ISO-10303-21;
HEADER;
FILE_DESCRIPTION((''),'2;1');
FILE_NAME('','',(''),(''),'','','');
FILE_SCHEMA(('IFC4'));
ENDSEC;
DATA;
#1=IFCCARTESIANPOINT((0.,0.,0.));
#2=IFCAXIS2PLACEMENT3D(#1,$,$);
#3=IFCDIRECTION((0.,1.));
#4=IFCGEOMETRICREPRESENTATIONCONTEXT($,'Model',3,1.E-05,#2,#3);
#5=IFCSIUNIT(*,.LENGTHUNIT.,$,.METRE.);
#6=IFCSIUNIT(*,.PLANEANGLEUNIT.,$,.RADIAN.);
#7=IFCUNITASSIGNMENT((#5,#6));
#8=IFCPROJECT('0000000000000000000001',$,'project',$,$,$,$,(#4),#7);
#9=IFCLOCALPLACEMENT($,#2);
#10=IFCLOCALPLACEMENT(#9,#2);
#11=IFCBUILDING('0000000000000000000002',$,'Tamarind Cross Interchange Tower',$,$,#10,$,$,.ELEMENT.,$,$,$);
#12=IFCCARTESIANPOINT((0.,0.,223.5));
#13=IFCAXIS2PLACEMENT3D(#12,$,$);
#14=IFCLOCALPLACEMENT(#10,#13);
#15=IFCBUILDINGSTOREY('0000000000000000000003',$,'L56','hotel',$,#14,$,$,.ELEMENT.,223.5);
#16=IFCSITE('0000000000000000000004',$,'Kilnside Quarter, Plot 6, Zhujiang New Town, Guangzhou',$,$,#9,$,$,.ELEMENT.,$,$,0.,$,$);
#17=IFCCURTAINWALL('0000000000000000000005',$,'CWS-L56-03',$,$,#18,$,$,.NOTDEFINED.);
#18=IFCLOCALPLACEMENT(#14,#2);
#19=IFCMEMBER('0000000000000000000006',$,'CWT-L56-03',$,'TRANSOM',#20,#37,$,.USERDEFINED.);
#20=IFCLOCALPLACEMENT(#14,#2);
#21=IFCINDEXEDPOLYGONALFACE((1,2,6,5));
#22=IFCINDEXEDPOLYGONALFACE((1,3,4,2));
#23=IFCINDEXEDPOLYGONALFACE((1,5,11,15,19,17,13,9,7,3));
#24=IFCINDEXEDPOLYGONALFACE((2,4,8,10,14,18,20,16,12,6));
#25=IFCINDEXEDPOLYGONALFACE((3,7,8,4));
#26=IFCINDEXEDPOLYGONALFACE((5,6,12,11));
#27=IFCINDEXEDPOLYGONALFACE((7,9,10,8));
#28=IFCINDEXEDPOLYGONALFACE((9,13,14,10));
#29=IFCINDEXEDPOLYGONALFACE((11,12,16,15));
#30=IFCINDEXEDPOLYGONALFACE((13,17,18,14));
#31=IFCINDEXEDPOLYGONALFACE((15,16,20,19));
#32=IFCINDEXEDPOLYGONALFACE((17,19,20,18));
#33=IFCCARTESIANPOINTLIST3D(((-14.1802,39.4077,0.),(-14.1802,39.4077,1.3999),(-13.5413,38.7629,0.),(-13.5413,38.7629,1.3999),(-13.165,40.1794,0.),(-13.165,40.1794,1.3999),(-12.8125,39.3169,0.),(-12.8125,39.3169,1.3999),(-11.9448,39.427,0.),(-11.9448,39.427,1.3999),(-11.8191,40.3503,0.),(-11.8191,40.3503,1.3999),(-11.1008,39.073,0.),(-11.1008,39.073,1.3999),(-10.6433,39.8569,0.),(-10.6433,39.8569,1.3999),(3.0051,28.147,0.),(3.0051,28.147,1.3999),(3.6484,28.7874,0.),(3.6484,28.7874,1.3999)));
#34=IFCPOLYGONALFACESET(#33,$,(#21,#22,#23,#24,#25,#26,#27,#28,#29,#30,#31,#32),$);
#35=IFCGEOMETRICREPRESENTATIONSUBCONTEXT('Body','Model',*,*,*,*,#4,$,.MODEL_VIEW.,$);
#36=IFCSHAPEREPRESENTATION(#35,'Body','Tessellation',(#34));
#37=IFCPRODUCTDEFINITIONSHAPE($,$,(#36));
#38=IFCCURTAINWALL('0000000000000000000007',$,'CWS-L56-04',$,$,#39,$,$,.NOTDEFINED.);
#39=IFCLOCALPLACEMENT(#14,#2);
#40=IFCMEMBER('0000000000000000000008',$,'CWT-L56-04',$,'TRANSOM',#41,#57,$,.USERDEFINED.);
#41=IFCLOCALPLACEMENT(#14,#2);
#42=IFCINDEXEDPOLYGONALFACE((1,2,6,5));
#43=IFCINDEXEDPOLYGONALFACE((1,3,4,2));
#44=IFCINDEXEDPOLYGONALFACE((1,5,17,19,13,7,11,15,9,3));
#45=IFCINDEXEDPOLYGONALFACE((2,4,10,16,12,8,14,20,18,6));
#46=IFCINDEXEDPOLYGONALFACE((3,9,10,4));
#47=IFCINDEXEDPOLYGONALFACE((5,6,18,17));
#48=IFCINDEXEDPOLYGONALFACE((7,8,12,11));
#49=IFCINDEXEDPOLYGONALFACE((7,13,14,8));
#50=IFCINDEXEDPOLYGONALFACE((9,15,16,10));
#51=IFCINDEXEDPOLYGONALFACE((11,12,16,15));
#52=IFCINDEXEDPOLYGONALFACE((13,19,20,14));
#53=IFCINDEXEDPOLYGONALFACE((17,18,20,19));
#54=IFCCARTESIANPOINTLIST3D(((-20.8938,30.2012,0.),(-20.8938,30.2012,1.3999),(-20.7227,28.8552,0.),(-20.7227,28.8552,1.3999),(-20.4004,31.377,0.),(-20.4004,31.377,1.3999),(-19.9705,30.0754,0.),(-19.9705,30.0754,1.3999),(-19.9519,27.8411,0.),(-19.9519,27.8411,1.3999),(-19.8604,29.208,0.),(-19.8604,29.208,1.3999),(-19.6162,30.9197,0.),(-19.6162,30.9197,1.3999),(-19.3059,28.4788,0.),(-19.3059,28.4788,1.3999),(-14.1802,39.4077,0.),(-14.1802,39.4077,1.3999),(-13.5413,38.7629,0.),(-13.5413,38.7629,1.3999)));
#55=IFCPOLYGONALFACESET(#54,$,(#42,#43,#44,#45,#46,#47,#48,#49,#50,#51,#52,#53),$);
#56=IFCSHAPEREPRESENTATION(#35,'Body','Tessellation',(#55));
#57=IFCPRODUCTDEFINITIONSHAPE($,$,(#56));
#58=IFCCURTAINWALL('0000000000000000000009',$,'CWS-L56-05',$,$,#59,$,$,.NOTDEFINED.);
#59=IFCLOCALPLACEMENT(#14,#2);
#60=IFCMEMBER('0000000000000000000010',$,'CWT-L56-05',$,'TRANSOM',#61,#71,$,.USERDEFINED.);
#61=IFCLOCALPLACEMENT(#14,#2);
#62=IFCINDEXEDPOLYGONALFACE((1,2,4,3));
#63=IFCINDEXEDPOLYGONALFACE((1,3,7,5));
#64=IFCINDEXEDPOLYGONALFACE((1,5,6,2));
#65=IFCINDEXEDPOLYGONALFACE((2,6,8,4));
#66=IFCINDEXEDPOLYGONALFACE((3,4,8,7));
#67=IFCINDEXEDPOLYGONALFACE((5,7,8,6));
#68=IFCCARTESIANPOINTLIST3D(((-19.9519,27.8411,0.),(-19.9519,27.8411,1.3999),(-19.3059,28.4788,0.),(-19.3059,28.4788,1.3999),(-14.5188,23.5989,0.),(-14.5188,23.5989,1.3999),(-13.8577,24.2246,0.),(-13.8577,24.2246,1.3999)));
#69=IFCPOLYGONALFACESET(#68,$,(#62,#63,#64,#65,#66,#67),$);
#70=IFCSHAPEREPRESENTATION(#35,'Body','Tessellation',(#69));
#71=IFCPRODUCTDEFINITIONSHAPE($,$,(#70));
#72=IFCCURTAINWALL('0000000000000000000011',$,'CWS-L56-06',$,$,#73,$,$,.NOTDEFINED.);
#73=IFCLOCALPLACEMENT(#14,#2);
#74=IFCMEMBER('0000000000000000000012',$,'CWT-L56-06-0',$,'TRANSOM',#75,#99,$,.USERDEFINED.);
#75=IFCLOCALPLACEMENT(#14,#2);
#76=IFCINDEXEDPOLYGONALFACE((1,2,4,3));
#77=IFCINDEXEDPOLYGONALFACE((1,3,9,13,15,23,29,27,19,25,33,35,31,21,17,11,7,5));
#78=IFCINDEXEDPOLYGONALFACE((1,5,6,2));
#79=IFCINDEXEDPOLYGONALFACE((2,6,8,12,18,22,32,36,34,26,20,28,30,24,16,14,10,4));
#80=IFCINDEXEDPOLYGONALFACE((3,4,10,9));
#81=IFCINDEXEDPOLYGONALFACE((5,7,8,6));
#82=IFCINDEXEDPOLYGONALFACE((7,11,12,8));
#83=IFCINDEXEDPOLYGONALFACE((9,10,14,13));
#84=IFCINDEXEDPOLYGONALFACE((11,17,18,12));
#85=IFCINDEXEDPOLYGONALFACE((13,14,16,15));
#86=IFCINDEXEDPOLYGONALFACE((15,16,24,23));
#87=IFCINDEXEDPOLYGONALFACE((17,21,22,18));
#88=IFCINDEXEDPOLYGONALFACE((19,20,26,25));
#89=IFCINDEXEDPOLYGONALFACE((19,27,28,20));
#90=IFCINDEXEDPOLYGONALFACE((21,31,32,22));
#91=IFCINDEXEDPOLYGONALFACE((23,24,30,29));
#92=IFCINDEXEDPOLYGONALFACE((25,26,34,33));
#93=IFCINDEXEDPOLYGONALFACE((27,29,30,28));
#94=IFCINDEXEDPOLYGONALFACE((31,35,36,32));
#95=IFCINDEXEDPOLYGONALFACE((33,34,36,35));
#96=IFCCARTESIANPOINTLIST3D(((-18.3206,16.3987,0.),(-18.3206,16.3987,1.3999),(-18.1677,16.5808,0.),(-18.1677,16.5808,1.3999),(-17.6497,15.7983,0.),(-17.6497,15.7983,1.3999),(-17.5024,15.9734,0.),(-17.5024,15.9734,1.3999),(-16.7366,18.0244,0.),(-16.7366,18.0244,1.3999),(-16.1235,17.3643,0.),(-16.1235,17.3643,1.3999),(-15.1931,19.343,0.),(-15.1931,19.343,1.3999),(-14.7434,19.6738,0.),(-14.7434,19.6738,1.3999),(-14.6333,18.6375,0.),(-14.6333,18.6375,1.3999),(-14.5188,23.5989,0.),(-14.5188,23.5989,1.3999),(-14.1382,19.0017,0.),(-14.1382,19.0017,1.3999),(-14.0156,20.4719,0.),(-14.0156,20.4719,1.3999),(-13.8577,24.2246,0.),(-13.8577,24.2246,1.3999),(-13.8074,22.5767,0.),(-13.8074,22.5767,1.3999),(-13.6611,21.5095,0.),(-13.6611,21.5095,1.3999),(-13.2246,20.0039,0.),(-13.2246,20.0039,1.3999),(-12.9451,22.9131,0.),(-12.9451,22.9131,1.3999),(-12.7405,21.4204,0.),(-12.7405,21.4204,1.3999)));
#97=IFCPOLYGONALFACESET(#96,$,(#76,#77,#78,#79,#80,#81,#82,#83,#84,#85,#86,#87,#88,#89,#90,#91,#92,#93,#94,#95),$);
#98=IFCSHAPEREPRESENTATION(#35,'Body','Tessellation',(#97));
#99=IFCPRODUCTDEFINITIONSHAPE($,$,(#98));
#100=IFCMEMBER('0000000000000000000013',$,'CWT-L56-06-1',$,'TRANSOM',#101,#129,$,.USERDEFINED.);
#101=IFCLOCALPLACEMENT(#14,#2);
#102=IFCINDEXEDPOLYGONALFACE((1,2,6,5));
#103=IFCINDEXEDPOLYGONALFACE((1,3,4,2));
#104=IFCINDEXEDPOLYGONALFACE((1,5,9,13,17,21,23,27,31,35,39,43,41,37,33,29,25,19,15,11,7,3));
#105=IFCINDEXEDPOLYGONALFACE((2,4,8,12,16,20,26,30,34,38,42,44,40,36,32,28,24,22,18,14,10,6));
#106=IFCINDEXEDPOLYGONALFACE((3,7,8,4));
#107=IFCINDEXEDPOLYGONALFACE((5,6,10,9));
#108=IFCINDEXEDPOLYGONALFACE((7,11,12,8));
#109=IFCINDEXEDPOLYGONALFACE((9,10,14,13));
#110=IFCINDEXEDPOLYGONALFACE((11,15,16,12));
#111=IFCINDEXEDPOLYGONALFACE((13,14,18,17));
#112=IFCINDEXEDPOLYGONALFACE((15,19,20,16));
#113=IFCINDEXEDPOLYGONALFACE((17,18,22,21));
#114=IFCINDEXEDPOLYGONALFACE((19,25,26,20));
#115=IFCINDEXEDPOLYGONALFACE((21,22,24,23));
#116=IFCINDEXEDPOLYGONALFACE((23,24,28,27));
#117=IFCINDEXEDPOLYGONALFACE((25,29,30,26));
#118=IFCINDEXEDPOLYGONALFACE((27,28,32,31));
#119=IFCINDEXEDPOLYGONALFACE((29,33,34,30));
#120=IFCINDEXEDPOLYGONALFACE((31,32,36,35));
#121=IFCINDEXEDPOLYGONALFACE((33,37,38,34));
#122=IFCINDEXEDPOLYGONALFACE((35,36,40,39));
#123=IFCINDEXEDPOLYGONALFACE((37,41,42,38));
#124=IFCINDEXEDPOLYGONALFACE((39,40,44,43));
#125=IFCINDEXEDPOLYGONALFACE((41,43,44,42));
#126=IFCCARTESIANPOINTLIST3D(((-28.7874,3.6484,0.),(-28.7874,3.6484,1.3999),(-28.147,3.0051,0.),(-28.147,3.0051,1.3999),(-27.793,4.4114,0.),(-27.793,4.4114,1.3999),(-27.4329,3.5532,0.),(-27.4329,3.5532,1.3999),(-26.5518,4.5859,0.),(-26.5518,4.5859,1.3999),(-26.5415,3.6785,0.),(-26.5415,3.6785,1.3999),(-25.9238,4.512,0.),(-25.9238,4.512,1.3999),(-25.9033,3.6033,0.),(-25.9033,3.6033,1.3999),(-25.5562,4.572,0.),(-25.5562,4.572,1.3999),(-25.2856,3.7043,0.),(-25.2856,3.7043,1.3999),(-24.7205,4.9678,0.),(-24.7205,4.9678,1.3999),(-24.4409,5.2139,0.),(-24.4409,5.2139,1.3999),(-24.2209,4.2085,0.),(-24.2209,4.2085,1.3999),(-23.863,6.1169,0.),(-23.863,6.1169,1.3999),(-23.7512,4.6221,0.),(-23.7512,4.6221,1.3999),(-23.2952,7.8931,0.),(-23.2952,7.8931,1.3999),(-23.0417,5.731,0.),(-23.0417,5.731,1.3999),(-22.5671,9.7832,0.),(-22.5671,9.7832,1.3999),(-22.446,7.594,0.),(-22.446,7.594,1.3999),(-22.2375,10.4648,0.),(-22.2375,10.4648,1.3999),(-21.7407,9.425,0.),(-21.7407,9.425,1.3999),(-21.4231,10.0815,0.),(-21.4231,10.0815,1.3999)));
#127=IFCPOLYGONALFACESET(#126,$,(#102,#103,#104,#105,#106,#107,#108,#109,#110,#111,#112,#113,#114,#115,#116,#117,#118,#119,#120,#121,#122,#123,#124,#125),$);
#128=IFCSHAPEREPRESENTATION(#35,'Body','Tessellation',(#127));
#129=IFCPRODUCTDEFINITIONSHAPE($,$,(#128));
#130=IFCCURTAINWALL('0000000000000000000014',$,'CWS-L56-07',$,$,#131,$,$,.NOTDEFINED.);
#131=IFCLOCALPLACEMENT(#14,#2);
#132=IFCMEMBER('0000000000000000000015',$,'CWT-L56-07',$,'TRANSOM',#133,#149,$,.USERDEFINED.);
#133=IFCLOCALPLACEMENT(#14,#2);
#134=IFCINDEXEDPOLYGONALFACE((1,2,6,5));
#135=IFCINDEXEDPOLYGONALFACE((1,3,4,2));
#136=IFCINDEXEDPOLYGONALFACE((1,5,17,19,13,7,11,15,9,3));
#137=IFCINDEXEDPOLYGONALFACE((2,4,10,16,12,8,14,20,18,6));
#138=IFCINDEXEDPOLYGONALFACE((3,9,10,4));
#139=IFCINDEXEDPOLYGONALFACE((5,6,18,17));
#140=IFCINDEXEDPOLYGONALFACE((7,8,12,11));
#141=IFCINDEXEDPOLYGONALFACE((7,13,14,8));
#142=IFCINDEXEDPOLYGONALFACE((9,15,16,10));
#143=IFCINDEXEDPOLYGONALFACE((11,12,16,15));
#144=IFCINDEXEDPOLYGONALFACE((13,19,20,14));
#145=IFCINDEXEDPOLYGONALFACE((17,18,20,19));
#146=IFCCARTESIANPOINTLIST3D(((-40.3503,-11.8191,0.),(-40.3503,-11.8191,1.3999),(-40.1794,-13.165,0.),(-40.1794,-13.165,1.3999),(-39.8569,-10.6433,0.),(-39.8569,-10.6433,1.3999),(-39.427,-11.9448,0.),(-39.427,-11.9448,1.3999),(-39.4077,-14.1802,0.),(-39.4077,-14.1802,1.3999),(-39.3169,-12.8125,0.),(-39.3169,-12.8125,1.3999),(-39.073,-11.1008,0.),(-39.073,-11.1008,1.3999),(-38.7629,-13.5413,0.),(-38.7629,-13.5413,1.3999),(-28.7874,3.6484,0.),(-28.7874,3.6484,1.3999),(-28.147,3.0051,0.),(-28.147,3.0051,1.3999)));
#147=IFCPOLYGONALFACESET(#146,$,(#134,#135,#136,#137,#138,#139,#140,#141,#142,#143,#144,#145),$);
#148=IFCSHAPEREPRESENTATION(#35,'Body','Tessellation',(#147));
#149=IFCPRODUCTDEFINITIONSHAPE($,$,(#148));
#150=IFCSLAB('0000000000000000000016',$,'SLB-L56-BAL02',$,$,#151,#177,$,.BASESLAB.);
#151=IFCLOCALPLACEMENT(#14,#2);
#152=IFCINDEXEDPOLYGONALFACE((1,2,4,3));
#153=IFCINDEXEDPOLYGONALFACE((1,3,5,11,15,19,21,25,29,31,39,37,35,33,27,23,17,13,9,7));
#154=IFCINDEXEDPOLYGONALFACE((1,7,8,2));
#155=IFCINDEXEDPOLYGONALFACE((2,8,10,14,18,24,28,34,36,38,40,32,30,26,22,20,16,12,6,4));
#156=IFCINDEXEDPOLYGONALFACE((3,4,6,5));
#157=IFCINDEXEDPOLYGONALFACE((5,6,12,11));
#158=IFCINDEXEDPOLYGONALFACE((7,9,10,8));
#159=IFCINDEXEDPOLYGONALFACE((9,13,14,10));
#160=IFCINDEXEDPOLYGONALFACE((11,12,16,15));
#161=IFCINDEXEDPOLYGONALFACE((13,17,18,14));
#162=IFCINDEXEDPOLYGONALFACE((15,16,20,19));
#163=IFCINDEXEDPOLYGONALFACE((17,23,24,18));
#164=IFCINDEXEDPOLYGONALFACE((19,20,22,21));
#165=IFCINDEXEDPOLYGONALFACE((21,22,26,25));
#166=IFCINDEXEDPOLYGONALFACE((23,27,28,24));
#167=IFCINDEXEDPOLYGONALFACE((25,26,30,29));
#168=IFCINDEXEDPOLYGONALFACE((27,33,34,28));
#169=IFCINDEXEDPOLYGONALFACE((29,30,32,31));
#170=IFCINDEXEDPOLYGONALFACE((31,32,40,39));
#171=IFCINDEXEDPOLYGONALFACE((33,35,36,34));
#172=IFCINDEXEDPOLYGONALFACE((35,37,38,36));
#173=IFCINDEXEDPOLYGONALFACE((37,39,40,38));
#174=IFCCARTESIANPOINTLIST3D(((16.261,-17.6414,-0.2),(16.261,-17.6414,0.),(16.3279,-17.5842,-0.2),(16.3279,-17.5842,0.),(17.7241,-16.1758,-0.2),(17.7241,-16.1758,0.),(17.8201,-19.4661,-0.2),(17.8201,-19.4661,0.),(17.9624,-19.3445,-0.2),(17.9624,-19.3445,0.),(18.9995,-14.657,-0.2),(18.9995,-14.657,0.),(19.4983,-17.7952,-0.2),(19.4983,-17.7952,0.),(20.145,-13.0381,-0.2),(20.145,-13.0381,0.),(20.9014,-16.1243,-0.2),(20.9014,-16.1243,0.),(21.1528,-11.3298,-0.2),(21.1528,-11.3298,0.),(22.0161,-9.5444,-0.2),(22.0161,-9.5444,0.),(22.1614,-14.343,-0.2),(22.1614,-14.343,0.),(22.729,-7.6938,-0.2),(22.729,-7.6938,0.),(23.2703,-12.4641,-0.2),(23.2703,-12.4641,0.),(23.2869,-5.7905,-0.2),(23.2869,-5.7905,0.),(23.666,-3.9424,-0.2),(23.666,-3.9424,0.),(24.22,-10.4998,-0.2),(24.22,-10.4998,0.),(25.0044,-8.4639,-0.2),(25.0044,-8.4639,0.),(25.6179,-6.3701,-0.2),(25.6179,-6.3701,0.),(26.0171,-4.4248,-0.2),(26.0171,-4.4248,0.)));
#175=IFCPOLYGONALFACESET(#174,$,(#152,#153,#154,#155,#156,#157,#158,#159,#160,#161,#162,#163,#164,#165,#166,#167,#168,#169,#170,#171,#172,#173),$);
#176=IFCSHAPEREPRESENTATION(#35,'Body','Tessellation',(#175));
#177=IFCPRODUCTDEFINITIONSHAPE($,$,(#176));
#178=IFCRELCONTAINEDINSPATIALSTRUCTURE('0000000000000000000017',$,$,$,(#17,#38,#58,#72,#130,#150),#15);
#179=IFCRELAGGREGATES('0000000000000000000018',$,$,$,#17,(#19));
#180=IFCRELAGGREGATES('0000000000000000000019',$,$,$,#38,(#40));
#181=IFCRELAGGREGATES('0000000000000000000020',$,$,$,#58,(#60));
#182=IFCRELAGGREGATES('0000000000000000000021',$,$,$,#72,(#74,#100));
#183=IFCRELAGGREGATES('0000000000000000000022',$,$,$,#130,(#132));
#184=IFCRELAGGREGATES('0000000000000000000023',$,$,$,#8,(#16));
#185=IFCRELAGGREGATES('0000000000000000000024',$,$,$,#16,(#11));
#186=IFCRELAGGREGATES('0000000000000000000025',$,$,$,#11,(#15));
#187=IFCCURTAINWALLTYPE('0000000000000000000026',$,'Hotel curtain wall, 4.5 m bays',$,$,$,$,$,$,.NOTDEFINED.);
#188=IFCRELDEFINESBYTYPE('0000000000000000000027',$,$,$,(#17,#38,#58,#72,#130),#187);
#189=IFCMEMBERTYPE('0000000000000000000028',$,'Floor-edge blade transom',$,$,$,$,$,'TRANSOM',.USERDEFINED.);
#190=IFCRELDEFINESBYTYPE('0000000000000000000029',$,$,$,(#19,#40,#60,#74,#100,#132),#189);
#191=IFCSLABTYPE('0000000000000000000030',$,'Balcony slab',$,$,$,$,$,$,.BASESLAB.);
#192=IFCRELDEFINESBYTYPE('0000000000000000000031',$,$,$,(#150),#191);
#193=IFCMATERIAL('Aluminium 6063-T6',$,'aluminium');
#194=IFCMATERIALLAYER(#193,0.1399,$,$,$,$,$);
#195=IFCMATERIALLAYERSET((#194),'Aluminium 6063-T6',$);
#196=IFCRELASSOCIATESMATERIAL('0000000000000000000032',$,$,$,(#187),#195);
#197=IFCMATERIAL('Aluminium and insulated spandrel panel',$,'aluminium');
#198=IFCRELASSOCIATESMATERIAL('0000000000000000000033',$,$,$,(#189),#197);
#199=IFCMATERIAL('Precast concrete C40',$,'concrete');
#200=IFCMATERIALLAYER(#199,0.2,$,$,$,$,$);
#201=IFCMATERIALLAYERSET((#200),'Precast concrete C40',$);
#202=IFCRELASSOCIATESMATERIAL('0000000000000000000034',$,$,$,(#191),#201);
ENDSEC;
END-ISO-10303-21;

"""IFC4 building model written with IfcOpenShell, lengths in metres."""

from ifc_helpers import new_model, si_unit, direction, frame, origin, place, context, subcontext, project, spatial, polyline, outline, extrude, material, layer, layer_set, type_object, element, aggregate, save


model = new_model("IFC4")

# Units and contexts
model_context = context("Model", 3, precision=1e-05, world=origin(), true_north=direction((0.0, 1.0)))
body_context = subcontext(model_context, "Body", "Model", "MODEL_VIEW")
ifc_project = project(units=[si_unit("LENGTHUNIT", "METRE"), si_unit("PLANEANGLEUNIT", "RADIAN")], contexts=[model_context])

# Site, building, storey
site_placement = place(None, origin())
site = spatial("IfcSite", under=ifc_project, at=site_placement, Name="Kilnside Quarter, Plot 6, Zhujiang New Town, Guangzhou", CompositionType="ELEMENT", RefElevation=0.0)
building_placement = place(site_placement, origin())
building = spatial("IfcBuilding", under=site, at=building_placement, Name="Tamarind Cross Interchange Tower", CompositionType="ELEMENT")
storey_placement = place(building_placement, frame((0.0, 0.0, 223.5)))
storey = spatial("IfcBuildingStorey", under=building, at=storey_placement, Name="L56", Description="hotel", CompositionType="ELEMENT", Elevation=223.5)

# Curtain walls, members
ifc_material_1 = material(Name="Aluminium 6063-T6", Category="aluminium")
ifc_layer_1 = layer(ifc_material_1, 0.1399)
ifc_layer_set_1 = layer_set([ifc_layer_1], Name="Aluminium 6063-T6")
curtain_wall_type = type_object("IfcCurtainWallType", Name="Hotel curtain wall, 4.5 m bays", PredefinedType="NOTDEFINED", material=ifc_layer_set_1)
curtain_wall_1_placement = place(storey_placement, origin())
curtain_wall_1 = element("IfcCurtainWall", 1, at=curtain_wall_1_placement, inside=storey, type_object=curtain_wall_type, Name="CWS-L56-03", PredefinedType="NOTDEFINED")
ifc_material_2 = material(Name="Aluminium and insulated spandrel panel", Category="aluminium")
member_type = type_object("IfcMemberType", Name="Floor-edge blade transom", ElementType="TRANSOM", PredefinedType="USERDEFINED", material=ifc_material_2)
member_1_placement = place(storey_placement, origin())
member_1 = element("IfcMember", 2, at=member_1_placement, type_object=member_type, Name="CWT-L56-03", ObjectType="TRANSOM", PredefinedType="USERDEFINED", context=body_context, shape_type="SweptSolid", body=[
    extrude(outline(polyline([(3.0051, 28.147), (-11.1008, 39.073), (-11.9448, 39.427), (-12.8125, 39.3169), (-13.5413, 38.7629), (-14.1802, 39.4077), (-13.165, 40.1794), (-11.8191, 40.3503), (-10.6433, 39.8569), (3.6484, 28.7874), (3.0051, 28.147)])), origin(), (0.0, 0.0, 1.0), 1.3999),
])
aggregate(curtain_wall_1, [member_1])
curtain_wall_2_placement = place(storey_placement, origin())
curtain_wall_2 = element("IfcCurtainWall", 3, at=curtain_wall_2_placement, inside=storey, type_object=curtain_wall_type, Name="CWS-L56-04", PredefinedType="NOTDEFINED")
member_2_placement = place(storey_placement, origin())
member_2 = element("IfcMember", 4, at=member_2_placement, type_object=member_type, Name="CWT-L56-04", ObjectType="TRANSOM", PredefinedType="USERDEFINED", context=body_context, shape_type="SweptSolid", body=[
    extrude(outline(polyline([(-13.5413, 38.7629), (-19.6162, 30.9197), (-19.9705, 30.0754), (-19.8604, 29.208), (-19.3059, 28.4788), (-19.9519, 27.8411), (-20.7227, 28.8552), (-20.8938, 30.2012), (-20.4004, 31.377), (-14.1802, 39.4077), (-13.5413, 38.7629)])), origin(), (0.0, 0.0, 1.0), 1.3999),
])
aggregate(curtain_wall_2, [member_2])
curtain_wall_3_placement = place(storey_placement, origin())
curtain_wall_3 = element("IfcCurtainWall", 5, at=curtain_wall_3_placement, inside=storey, type_object=curtain_wall_type, Name="CWS-L56-05", PredefinedType="NOTDEFINED")
member_3_placement = place(storey_placement, origin())
member_3 = element("IfcMember", 6, at=member_3_placement, type_object=member_type, Name="CWT-L56-05", ObjectType="TRANSOM", PredefinedType="USERDEFINED", context=body_context, shape_type="SweptSolid", body=[
    extrude(outline(polyline([(-19.3059, 28.4788), (-13.8577, 24.2246), (-14.5188, 23.5989), (-19.9519, 27.8411), (-19.3059, 28.4788)])), origin(), (0.0, 0.0, 1.0), 1.3999),
])
aggregate(curtain_wall_3, [member_3])

# Curtain wall, members
curtain_wall_4_placement = place(storey_placement, origin())
curtain_wall_4 = element("IfcCurtainWall", 7, at=curtain_wall_4_placement, inside=storey, type_object=curtain_wall_type, Name="CWS-L56-06", PredefinedType="NOTDEFINED")
member_4_placement = place(storey_placement, origin())
member_4 = element("IfcMember", 8, at=member_4_placement, type_object=member_type, Name="CWT-L56-06-0", ObjectType="TRANSOM", PredefinedType="USERDEFINED", context=body_context, shape_type="SweptSolid", body=[
    extrude(outline(polyline([(-13.8577, 24.2246), (-12.9451, 22.9131), (-12.7405, 21.4204), (-13.2246, 20.0039), (-14.1382, 19.0017), (-14.6333, 18.6375), (-16.1235, 17.3643), (-17.5024, 15.9734), (-17.6497, 15.7983), (-18.3206, 16.3987), (-18.1677, 16.5808), (-16.7366, 18.0244), (-15.1931, 19.343), (-14.7434, 19.6738), (-14.0156, 20.4719), (-13.6611, 21.5095), (-13.8074, 22.5767), (-14.5188, 23.5989), (-13.8577, 24.2246)])), origin(), (0.0, 0.0, 1.0), 1.3999),
])
member_5_placement = place(storey_placement, origin())
member_5 = element("IfcMember", 9, at=member_5_placement, type_object=member_type, Name="CWT-L56-06-1", ObjectType="TRANSOM", PredefinedType="USERDEFINED", context=body_context, shape_type="SweptSolid", body=[
    extrude(outline(polyline([(-21.4231, 10.0815), (-21.7407, 9.425), (-22.446, 7.594), (-23.0417, 5.731), (-23.7512, 4.6221), (-24.2209, 4.2085), (-25.2856, 3.7043), (-25.9033, 3.6033), (-26.5415, 3.6785), (-27.4329, 3.5532), (-28.147, 3.0051), (-28.7874, 3.6484), (-27.793, 4.4114), (-26.5518, 4.5859), (-25.9238, 4.512), (-25.5562, 4.572), (-24.7205, 4.9678), (-24.4409, 5.2139), (-23.863, 6.1169), (-23.2952, 7.8931), (-22.5671, 9.7832), (-22.2375, 10.4648), (-21.4231, 10.0815)])), origin(), (0.0, 0.0, 1.0), 1.3999),
])
aggregate(curtain_wall_4, [member_4, member_5])

# Curtain wall, member
curtain_wall_5_placement = place(storey_placement, origin())
curtain_wall_5 = element("IfcCurtainWall", 10, at=curtain_wall_5_placement, inside=storey, type_object=curtain_wall_type, Name="CWS-L56-07", PredefinedType="NOTDEFINED")
member_6_placement = place(storey_placement, origin())
member_6 = element("IfcMember", 11, at=member_6_placement, type_object=member_type, Name="CWT-L56-07", ObjectType="TRANSOM", PredefinedType="USERDEFINED", context=body_context, shape_type="SweptSolid", body=[
    extrude(outline(polyline([(-28.147, 3.0051), (-39.073, -11.1008), (-39.427, -11.9448), (-39.3169, -12.8125), (-38.7629, -13.5413), (-39.4077, -14.1802), (-40.1794, -13.165), (-40.3503, -11.8191), (-39.8569, -10.6433), (-28.7874, 3.6484), (-28.147, 3.0051)])), origin(), (0.0, 0.0, 1.0), 1.3999),
])
aggregate(curtain_wall_5, [member_6])

# Slab
ifc_material_3 = material(Name="Precast concrete C40", Category="concrete")
ifc_layer_2 = layer(ifc_material_3, 0.2)
ifc_layer_set_2 = layer_set([ifc_layer_2], Name="Precast concrete C40")
slab_type = type_object("IfcSlabType", Name="Balcony slab", PredefinedType="BASESLAB", material=ifc_layer_set_2)
slab_1_placement = place(storey_placement, frame((0.0, 0.0, -0.2)))
element("IfcSlab", 12, at=slab_1_placement, inside=storey, type_object=slab_type, Name="SLB-L56-BAL02", PredefinedType="BASESLAB", context=body_context, shape_type="SweptSolid", body=[
    extrude(outline(polyline([(16.261, -17.6414), (16.3279, -17.5842), (17.7241, -16.1758), (18.9995, -14.657), (20.145, -13.0381), (21.1528, -11.3298), (22.0161, -9.5444), (22.729, -7.6938), (23.2869, -5.7905), (23.666, -3.9424), (26.0171, -4.4248), (25.6179, -6.3701), (25.0044, -8.4639), (24.22, -10.4998), (23.2703, -12.4641), (22.1614, -14.343), (20.9014, -16.1243), (19.4983, -17.7952), (17.9624, -19.3445), (17.8201, -19.4661), (16.261, -17.6414)])), origin(), (0.0, 0.0, 1.0), 0.2),
])

save(model, "model.ifc")
